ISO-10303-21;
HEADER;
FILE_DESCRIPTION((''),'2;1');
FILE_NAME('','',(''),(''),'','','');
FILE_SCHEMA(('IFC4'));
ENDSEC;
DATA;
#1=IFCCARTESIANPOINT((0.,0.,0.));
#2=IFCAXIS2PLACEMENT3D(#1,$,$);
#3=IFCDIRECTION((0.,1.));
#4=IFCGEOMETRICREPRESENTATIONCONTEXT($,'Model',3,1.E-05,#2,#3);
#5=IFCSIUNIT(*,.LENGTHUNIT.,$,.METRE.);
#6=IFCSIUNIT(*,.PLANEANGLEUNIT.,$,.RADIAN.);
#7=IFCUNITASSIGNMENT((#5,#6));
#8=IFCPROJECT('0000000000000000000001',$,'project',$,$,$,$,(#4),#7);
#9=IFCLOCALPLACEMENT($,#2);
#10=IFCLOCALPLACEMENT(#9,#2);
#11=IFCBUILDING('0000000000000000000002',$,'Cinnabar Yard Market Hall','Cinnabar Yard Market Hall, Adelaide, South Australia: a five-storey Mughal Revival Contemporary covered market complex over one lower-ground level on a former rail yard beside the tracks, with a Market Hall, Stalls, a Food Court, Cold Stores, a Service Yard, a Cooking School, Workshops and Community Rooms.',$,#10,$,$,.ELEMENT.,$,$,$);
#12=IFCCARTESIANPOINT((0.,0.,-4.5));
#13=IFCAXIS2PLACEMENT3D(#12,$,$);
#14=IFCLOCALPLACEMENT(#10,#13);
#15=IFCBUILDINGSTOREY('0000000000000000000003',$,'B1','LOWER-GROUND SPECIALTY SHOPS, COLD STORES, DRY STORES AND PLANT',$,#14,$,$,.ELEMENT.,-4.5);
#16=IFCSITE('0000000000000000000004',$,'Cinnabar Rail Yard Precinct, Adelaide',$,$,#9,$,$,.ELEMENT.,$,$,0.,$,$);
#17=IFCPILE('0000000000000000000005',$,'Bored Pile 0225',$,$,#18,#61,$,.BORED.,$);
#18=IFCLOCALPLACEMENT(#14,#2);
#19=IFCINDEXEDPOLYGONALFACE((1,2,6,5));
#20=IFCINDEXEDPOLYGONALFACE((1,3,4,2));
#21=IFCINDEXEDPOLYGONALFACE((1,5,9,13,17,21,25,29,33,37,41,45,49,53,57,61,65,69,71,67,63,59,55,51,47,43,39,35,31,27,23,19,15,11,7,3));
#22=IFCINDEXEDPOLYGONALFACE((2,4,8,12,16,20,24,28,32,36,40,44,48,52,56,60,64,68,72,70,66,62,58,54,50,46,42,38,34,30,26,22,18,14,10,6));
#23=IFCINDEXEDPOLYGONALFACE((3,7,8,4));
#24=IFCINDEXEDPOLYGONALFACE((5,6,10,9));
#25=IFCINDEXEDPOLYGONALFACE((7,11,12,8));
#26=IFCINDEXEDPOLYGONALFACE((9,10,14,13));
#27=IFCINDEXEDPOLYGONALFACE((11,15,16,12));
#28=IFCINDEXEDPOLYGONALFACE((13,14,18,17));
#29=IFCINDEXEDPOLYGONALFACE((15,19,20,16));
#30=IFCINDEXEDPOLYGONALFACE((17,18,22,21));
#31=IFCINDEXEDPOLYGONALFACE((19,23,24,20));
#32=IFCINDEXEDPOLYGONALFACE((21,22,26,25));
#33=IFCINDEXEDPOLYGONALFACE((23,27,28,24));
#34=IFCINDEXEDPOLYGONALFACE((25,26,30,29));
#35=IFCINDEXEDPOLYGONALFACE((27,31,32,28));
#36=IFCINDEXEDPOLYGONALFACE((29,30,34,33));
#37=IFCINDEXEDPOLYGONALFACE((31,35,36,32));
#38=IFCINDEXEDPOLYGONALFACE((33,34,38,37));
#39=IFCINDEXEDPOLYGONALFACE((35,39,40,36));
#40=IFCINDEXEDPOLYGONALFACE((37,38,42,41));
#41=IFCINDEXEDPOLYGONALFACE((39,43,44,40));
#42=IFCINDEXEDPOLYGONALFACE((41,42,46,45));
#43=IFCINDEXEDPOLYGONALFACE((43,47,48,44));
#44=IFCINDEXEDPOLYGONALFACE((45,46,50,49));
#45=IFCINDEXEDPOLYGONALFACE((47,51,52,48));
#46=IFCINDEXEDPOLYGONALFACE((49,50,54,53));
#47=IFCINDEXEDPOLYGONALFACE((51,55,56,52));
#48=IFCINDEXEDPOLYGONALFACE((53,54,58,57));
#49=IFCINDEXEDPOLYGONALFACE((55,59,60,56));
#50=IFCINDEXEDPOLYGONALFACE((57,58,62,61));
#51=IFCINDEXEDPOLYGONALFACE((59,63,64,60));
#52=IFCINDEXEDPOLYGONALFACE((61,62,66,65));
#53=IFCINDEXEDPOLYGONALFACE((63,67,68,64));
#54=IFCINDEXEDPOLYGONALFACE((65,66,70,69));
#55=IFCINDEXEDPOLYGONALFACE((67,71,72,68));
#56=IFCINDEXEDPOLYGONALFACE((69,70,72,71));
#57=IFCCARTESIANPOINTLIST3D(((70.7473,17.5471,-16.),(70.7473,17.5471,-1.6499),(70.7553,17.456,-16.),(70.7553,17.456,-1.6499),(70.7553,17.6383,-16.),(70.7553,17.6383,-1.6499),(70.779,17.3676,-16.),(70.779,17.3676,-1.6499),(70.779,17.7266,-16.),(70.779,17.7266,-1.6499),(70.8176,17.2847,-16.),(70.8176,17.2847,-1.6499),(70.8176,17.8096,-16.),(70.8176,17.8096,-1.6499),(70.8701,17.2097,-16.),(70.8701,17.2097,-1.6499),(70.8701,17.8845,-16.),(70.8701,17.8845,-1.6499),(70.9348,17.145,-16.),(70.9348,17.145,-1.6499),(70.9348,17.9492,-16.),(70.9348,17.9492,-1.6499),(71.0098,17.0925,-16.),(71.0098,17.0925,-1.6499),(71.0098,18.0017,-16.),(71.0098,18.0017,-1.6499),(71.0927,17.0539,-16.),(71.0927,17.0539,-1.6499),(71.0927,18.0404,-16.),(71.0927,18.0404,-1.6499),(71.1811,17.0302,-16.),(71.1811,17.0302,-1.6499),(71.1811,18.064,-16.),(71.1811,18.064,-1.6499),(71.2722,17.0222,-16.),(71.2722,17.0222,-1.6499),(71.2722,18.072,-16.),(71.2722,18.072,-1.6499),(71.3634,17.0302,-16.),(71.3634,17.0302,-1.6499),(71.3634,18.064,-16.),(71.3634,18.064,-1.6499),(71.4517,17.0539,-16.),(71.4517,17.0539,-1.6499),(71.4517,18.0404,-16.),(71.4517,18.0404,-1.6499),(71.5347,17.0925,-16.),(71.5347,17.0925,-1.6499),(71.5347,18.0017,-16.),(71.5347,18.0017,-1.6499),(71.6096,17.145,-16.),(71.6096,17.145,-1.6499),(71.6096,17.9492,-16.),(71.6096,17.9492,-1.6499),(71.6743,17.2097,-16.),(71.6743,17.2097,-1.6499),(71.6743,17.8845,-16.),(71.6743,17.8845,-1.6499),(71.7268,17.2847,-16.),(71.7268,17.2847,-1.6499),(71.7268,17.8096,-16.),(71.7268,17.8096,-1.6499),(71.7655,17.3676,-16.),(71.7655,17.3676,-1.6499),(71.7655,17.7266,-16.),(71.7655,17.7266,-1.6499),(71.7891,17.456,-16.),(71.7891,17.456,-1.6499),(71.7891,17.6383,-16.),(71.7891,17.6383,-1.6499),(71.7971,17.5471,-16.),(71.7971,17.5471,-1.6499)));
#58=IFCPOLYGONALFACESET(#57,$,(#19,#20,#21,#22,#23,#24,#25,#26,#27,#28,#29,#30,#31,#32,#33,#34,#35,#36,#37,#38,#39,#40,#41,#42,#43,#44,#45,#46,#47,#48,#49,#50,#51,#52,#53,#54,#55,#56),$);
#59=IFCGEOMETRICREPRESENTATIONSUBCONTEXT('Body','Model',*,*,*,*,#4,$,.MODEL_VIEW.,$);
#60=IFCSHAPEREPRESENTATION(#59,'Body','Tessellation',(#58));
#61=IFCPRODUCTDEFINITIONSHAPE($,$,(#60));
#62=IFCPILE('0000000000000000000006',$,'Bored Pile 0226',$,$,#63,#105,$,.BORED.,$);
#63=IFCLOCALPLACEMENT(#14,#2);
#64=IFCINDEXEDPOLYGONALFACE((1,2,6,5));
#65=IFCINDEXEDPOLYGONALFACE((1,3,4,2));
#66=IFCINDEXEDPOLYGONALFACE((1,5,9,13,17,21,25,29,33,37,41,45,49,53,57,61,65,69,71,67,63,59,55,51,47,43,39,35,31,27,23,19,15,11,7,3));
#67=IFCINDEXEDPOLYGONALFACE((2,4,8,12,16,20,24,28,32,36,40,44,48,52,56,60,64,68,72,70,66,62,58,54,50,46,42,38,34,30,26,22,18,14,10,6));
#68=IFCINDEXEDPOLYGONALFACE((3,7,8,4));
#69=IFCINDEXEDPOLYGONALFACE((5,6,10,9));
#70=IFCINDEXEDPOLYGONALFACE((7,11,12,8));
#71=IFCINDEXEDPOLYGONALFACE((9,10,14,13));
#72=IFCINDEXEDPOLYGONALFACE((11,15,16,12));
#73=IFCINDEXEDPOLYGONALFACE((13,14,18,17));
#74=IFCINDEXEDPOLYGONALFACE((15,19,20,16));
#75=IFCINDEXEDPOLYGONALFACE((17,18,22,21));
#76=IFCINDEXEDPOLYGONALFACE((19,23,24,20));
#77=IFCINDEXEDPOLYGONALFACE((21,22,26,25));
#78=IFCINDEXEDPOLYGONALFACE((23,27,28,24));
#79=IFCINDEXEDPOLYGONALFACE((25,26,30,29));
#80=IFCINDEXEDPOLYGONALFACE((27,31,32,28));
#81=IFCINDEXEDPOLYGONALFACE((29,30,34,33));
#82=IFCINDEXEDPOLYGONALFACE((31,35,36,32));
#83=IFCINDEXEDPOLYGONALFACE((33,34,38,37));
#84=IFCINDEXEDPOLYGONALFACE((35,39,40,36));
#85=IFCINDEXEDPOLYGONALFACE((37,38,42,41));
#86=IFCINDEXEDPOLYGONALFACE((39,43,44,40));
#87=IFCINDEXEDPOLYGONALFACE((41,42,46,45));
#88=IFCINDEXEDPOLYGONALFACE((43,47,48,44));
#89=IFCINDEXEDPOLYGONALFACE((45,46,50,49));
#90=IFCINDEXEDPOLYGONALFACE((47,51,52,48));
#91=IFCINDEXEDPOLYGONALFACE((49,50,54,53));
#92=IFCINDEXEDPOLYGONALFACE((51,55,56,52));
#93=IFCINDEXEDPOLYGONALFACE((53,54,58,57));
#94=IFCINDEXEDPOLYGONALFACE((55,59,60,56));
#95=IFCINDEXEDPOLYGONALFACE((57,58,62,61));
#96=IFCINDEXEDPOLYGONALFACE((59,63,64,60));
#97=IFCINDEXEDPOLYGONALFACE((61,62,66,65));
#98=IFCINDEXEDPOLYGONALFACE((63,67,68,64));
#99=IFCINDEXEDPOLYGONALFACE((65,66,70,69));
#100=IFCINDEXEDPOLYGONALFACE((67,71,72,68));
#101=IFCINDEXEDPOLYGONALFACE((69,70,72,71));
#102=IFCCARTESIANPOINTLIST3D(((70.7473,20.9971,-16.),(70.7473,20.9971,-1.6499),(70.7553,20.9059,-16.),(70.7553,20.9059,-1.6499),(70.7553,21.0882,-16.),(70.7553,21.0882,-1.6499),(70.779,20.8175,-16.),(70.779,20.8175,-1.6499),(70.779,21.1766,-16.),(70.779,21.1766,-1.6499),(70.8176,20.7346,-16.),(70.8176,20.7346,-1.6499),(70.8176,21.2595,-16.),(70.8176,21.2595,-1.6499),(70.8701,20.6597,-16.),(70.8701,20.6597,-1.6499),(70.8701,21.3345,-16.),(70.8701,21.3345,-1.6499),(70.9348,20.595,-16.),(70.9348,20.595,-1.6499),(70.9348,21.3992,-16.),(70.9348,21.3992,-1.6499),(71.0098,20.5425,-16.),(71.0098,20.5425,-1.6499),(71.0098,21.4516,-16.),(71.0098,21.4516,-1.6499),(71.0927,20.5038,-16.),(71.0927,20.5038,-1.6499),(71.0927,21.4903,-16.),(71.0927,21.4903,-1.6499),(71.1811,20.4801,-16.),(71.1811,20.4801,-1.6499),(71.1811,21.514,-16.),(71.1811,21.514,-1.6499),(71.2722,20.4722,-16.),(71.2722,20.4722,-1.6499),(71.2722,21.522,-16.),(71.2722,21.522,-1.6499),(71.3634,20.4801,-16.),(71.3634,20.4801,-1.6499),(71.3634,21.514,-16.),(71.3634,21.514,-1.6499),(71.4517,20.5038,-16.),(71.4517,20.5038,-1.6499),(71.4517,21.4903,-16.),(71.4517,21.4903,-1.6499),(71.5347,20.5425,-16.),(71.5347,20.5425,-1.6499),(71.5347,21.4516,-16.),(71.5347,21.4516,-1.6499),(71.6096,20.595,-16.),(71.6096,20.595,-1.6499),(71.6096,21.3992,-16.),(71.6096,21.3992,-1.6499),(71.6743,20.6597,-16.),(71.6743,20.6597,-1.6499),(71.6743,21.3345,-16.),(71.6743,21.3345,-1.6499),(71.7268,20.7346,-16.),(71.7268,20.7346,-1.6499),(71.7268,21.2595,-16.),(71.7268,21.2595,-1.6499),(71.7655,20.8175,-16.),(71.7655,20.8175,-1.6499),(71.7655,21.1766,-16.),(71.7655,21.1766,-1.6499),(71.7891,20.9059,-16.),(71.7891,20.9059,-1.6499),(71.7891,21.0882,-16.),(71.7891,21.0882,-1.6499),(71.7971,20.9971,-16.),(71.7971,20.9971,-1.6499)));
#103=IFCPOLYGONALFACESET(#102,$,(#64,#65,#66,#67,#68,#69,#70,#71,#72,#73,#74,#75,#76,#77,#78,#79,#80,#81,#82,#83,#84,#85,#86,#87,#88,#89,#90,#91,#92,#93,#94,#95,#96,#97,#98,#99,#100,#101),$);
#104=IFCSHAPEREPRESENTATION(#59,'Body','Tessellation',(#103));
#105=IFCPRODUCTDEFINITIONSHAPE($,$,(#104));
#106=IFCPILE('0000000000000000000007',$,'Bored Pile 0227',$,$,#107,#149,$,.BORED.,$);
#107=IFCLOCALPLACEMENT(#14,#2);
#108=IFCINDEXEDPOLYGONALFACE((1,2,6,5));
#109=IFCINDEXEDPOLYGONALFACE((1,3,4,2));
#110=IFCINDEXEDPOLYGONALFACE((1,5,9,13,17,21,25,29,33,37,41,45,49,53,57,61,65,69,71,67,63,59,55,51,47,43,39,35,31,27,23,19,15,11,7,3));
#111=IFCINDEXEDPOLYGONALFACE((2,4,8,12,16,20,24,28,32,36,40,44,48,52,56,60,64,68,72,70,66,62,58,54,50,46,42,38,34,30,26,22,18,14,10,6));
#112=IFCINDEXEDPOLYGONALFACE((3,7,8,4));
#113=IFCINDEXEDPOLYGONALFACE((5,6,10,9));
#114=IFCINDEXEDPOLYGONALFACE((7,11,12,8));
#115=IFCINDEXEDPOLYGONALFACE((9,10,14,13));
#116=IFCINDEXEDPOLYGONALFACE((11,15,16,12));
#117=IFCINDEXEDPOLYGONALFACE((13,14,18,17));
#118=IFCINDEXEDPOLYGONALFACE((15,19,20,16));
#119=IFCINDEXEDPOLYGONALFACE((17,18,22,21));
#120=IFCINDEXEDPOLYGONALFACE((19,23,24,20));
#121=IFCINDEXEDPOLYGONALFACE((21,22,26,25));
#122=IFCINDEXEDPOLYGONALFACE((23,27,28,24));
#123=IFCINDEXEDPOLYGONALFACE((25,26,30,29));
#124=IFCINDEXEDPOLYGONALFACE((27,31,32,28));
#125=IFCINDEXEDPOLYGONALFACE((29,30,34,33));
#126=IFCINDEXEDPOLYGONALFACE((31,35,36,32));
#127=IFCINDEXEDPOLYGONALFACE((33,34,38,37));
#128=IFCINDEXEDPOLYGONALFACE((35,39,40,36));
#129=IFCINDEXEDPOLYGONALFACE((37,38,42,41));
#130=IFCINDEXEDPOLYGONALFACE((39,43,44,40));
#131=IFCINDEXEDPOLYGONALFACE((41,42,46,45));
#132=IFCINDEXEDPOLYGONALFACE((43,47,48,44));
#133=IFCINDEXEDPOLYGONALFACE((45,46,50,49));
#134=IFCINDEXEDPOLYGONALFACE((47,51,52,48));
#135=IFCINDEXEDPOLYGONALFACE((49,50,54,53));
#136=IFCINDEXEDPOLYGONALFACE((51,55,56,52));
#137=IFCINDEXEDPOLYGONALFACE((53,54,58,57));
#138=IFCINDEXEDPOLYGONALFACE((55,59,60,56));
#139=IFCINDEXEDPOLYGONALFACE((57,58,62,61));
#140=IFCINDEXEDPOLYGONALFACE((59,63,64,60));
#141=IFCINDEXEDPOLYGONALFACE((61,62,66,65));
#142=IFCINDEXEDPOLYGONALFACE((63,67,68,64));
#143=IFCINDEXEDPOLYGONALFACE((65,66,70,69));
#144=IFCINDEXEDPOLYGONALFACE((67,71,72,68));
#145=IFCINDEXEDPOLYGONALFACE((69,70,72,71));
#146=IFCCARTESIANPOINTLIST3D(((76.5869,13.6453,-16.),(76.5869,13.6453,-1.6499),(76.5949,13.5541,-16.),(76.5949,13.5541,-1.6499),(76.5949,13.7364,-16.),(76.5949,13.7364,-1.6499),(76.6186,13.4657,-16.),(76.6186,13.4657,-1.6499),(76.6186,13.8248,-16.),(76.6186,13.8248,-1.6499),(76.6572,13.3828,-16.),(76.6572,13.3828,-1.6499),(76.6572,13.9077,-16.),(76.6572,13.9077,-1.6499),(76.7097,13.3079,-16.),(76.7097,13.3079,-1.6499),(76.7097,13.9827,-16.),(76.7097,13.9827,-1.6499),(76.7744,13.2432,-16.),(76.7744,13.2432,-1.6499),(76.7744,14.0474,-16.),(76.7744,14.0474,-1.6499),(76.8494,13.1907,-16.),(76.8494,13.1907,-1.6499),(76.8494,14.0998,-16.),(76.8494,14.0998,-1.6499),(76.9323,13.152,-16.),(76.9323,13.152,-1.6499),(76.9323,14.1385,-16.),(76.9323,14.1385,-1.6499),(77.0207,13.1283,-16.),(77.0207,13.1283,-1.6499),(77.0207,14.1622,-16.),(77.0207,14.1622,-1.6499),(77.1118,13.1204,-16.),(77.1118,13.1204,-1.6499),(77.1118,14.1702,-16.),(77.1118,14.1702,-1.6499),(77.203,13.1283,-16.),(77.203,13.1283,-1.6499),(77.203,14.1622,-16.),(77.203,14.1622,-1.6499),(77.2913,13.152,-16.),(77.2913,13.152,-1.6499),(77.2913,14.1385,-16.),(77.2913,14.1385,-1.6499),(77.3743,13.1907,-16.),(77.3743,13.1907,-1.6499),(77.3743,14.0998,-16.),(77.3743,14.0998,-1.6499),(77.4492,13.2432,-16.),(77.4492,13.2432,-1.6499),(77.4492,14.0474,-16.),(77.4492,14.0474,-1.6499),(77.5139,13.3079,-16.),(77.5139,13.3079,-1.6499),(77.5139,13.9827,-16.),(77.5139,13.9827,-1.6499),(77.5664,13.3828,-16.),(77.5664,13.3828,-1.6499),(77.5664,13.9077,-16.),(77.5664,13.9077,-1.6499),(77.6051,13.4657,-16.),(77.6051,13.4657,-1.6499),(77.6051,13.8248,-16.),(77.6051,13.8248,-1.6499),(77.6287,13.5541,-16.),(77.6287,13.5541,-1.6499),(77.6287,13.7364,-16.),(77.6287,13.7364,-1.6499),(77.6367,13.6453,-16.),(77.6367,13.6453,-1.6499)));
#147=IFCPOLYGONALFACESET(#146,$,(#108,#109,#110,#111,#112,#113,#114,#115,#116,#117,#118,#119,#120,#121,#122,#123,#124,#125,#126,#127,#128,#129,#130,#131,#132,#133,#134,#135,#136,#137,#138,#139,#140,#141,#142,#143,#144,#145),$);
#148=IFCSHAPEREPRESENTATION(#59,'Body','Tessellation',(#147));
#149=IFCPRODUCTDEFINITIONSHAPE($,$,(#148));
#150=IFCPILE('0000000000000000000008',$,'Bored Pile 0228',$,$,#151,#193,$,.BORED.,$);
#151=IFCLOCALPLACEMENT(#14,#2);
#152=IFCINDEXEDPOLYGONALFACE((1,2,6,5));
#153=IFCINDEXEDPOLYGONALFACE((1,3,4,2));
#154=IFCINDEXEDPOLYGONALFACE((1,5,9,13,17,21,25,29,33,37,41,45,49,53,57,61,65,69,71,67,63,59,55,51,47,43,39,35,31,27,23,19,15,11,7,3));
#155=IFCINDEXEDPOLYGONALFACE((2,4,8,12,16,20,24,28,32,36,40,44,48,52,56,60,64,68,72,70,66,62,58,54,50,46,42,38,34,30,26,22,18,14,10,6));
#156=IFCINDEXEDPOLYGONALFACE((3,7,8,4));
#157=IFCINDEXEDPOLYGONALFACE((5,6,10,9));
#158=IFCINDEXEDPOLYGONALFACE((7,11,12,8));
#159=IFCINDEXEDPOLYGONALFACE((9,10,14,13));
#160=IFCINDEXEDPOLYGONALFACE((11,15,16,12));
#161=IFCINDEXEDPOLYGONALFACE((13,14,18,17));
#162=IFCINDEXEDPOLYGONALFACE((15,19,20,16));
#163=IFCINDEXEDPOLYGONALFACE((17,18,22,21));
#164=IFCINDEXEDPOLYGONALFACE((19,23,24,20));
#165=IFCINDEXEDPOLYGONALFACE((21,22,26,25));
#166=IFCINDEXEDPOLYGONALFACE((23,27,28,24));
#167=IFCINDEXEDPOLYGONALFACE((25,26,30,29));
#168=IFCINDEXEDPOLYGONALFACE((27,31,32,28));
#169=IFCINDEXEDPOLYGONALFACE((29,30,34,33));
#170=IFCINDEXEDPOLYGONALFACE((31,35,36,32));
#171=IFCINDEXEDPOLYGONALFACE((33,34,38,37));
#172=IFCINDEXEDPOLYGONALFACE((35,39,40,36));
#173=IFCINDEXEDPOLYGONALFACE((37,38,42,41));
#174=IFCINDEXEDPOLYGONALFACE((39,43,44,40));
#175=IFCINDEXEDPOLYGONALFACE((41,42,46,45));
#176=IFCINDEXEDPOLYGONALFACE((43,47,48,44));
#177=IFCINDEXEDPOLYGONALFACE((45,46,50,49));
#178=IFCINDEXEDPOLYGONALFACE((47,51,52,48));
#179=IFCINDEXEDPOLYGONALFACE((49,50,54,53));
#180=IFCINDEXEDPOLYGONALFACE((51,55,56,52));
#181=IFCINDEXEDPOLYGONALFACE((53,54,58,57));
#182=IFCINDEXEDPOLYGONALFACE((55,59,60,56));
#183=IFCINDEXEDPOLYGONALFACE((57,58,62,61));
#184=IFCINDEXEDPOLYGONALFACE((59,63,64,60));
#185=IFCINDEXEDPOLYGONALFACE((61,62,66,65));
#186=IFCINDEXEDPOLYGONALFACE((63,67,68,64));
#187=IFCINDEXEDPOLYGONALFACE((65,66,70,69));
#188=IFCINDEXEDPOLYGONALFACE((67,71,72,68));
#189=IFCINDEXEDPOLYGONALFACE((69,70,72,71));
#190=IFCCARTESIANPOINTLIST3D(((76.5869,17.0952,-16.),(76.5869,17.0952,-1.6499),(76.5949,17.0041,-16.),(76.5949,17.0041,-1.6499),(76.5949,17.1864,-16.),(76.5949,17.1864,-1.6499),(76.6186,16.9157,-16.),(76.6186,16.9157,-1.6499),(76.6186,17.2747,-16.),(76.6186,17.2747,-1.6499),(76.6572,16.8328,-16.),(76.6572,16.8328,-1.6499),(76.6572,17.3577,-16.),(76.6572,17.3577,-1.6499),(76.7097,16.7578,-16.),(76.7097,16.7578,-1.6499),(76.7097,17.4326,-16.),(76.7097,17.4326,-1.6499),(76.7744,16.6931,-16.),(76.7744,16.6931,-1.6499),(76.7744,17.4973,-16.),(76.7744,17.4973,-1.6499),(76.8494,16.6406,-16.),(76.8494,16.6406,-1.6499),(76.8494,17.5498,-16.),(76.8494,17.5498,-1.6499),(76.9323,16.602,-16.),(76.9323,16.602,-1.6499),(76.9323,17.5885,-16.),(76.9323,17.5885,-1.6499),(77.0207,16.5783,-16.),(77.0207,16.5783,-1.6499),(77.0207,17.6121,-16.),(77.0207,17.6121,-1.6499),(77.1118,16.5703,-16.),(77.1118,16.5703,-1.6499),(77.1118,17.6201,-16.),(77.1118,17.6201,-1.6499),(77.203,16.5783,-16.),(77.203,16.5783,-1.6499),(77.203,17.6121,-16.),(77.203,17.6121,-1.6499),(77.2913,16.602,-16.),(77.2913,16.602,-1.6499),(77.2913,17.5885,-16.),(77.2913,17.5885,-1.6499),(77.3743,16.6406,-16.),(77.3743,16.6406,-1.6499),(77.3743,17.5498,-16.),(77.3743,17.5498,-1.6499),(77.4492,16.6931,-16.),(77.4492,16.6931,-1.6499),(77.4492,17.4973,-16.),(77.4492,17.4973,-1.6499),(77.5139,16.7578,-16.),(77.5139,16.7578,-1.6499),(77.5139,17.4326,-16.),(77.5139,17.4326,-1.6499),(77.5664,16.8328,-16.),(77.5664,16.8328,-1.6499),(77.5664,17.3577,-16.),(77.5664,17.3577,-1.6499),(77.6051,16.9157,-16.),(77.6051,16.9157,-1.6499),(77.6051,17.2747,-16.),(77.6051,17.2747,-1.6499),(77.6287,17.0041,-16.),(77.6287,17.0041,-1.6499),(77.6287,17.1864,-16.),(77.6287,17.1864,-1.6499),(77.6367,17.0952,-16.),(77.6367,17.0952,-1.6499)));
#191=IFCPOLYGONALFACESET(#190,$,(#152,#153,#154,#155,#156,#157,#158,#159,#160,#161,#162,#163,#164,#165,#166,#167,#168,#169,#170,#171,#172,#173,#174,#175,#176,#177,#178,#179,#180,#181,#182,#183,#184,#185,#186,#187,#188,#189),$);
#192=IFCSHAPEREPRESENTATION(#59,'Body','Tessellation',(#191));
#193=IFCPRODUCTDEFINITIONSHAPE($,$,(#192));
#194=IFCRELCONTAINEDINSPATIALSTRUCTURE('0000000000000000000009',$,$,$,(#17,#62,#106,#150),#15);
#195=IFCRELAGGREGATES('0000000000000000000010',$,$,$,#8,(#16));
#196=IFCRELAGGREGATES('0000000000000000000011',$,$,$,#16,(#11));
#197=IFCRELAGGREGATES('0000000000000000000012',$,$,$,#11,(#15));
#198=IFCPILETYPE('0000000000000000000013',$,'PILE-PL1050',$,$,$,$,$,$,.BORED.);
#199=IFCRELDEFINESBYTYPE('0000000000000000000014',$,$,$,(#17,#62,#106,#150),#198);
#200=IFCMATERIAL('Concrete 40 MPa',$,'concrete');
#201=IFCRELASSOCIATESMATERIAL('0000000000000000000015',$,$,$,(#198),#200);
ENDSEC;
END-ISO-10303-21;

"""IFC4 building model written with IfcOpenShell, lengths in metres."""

from ifc_helpers import new_model, si_unit, direction, frame, origin, origin_2d_with_axis, place, context, subcontext, project, spatial, circle, extrude, material, material_profile, profile_set, type_object, element, save


model = new_model("IFC4")

# Units and contexts
model_context = context("Model", 3, precision=1e-05, world=origin(), true_north=direction((0.0, 1.0)))
body_context = subcontext(model_context, "Body", "Model", "MODEL_VIEW")
ifc_project = project(units=[si_unit("LENGTHUNIT", "METRE"), si_unit("PLANEANGLEUNIT", "RADIAN")], contexts=[model_context])

# Site, building, storey
site_placement = place(None, origin())
site = spatial("IfcSite", under=ifc_project, at=site_placement, Name="Cinnabar Rail Yard Precinct, Adelaide", CompositionType="ELEMENT", RefElevation=0.0)
building_placement = place(site_placement, origin())
building = spatial("IfcBuilding", under=site, at=building_placement, Name="Cinnabar Yard Market Hall", Description="Cinnabar Yard Market Hall, Adelaide, South Australia: a five-storey Mughal Revival Contemporary covered market complex over one lower-ground level on a former rail yard beside the tracks, with a Market Hall, Stalls, a Food Court, Cold Stores, a Service Yard, a Cooking School, Workshops and Community Rooms.", CompositionType="ELEMENT")
storey_placement = place(building_placement, frame((0.0, 0.0, -4.5)))
storey = spatial("IfcBuildingStorey", under=building, at=storey_placement, Name="B1", Description="LOWER-GROUND SPECIALTY SHOPS, COLD STORES, DRY STORES AND PLANT", CompositionType="ELEMENT", Elevation=-4.5)

# Shared definitions
ifc_material_1 = material(Name="Concrete 40 MPa", Category="concrete")

# Piles
ifc_material_profile_1 = material_profile(ifc_material_1, circle(Radius=0.5249, at=origin_2d_with_axis()), Name="PILE-D1050")
ifc_profile_set_1 = profile_set([ifc_material_profile_1], Name="Concrete 40 MPa")
pile_type_1 = type_object("IfcPileType", Name="PILE-PL1050", PredefinedType="BORED", material=ifc_profile_set_1)
for number, where, z_axis, x_axis, name in (
    (1, (71.2722, 17.5471, -1.6499), (0.0, 0.0, -1.0), (1.0, 0.0, 0.0), "Bored Pile 0225"),
    (2, (71.2722, 20.9971, -1.6499), (0.0, 0.0, -1.0), (1.0, 0.0, 0.0), "Bored Pile 0226"),
    (3, (77.1118, 13.6453, -1.6499), (0.0, 0.0, -1.0), (1.0, 0.0, 0.0), "Bored Pile 0227"),
    (4, (77.1118, 17.0952, -1.6499), (0.0, 0.0, -1.0), (1.0, 0.0, 0.0), "Bored Pile 0228"),
):
    element("IfcPile", number, at=place(storey_placement, frame(where, z_axis=z_axis, x_axis=x_axis)), inside=storey, type_object=pile_type_1, Name=name, PredefinedType="BORED", context=body_context, shape_type="SweptSolid", body=[
        extrude(circle(Radius=0.5249, at=origin_2d_with_axis()), origin(), (0.0, 0.0, 1.0), 14.3501),
    ])

save(model, "model.ifc")
